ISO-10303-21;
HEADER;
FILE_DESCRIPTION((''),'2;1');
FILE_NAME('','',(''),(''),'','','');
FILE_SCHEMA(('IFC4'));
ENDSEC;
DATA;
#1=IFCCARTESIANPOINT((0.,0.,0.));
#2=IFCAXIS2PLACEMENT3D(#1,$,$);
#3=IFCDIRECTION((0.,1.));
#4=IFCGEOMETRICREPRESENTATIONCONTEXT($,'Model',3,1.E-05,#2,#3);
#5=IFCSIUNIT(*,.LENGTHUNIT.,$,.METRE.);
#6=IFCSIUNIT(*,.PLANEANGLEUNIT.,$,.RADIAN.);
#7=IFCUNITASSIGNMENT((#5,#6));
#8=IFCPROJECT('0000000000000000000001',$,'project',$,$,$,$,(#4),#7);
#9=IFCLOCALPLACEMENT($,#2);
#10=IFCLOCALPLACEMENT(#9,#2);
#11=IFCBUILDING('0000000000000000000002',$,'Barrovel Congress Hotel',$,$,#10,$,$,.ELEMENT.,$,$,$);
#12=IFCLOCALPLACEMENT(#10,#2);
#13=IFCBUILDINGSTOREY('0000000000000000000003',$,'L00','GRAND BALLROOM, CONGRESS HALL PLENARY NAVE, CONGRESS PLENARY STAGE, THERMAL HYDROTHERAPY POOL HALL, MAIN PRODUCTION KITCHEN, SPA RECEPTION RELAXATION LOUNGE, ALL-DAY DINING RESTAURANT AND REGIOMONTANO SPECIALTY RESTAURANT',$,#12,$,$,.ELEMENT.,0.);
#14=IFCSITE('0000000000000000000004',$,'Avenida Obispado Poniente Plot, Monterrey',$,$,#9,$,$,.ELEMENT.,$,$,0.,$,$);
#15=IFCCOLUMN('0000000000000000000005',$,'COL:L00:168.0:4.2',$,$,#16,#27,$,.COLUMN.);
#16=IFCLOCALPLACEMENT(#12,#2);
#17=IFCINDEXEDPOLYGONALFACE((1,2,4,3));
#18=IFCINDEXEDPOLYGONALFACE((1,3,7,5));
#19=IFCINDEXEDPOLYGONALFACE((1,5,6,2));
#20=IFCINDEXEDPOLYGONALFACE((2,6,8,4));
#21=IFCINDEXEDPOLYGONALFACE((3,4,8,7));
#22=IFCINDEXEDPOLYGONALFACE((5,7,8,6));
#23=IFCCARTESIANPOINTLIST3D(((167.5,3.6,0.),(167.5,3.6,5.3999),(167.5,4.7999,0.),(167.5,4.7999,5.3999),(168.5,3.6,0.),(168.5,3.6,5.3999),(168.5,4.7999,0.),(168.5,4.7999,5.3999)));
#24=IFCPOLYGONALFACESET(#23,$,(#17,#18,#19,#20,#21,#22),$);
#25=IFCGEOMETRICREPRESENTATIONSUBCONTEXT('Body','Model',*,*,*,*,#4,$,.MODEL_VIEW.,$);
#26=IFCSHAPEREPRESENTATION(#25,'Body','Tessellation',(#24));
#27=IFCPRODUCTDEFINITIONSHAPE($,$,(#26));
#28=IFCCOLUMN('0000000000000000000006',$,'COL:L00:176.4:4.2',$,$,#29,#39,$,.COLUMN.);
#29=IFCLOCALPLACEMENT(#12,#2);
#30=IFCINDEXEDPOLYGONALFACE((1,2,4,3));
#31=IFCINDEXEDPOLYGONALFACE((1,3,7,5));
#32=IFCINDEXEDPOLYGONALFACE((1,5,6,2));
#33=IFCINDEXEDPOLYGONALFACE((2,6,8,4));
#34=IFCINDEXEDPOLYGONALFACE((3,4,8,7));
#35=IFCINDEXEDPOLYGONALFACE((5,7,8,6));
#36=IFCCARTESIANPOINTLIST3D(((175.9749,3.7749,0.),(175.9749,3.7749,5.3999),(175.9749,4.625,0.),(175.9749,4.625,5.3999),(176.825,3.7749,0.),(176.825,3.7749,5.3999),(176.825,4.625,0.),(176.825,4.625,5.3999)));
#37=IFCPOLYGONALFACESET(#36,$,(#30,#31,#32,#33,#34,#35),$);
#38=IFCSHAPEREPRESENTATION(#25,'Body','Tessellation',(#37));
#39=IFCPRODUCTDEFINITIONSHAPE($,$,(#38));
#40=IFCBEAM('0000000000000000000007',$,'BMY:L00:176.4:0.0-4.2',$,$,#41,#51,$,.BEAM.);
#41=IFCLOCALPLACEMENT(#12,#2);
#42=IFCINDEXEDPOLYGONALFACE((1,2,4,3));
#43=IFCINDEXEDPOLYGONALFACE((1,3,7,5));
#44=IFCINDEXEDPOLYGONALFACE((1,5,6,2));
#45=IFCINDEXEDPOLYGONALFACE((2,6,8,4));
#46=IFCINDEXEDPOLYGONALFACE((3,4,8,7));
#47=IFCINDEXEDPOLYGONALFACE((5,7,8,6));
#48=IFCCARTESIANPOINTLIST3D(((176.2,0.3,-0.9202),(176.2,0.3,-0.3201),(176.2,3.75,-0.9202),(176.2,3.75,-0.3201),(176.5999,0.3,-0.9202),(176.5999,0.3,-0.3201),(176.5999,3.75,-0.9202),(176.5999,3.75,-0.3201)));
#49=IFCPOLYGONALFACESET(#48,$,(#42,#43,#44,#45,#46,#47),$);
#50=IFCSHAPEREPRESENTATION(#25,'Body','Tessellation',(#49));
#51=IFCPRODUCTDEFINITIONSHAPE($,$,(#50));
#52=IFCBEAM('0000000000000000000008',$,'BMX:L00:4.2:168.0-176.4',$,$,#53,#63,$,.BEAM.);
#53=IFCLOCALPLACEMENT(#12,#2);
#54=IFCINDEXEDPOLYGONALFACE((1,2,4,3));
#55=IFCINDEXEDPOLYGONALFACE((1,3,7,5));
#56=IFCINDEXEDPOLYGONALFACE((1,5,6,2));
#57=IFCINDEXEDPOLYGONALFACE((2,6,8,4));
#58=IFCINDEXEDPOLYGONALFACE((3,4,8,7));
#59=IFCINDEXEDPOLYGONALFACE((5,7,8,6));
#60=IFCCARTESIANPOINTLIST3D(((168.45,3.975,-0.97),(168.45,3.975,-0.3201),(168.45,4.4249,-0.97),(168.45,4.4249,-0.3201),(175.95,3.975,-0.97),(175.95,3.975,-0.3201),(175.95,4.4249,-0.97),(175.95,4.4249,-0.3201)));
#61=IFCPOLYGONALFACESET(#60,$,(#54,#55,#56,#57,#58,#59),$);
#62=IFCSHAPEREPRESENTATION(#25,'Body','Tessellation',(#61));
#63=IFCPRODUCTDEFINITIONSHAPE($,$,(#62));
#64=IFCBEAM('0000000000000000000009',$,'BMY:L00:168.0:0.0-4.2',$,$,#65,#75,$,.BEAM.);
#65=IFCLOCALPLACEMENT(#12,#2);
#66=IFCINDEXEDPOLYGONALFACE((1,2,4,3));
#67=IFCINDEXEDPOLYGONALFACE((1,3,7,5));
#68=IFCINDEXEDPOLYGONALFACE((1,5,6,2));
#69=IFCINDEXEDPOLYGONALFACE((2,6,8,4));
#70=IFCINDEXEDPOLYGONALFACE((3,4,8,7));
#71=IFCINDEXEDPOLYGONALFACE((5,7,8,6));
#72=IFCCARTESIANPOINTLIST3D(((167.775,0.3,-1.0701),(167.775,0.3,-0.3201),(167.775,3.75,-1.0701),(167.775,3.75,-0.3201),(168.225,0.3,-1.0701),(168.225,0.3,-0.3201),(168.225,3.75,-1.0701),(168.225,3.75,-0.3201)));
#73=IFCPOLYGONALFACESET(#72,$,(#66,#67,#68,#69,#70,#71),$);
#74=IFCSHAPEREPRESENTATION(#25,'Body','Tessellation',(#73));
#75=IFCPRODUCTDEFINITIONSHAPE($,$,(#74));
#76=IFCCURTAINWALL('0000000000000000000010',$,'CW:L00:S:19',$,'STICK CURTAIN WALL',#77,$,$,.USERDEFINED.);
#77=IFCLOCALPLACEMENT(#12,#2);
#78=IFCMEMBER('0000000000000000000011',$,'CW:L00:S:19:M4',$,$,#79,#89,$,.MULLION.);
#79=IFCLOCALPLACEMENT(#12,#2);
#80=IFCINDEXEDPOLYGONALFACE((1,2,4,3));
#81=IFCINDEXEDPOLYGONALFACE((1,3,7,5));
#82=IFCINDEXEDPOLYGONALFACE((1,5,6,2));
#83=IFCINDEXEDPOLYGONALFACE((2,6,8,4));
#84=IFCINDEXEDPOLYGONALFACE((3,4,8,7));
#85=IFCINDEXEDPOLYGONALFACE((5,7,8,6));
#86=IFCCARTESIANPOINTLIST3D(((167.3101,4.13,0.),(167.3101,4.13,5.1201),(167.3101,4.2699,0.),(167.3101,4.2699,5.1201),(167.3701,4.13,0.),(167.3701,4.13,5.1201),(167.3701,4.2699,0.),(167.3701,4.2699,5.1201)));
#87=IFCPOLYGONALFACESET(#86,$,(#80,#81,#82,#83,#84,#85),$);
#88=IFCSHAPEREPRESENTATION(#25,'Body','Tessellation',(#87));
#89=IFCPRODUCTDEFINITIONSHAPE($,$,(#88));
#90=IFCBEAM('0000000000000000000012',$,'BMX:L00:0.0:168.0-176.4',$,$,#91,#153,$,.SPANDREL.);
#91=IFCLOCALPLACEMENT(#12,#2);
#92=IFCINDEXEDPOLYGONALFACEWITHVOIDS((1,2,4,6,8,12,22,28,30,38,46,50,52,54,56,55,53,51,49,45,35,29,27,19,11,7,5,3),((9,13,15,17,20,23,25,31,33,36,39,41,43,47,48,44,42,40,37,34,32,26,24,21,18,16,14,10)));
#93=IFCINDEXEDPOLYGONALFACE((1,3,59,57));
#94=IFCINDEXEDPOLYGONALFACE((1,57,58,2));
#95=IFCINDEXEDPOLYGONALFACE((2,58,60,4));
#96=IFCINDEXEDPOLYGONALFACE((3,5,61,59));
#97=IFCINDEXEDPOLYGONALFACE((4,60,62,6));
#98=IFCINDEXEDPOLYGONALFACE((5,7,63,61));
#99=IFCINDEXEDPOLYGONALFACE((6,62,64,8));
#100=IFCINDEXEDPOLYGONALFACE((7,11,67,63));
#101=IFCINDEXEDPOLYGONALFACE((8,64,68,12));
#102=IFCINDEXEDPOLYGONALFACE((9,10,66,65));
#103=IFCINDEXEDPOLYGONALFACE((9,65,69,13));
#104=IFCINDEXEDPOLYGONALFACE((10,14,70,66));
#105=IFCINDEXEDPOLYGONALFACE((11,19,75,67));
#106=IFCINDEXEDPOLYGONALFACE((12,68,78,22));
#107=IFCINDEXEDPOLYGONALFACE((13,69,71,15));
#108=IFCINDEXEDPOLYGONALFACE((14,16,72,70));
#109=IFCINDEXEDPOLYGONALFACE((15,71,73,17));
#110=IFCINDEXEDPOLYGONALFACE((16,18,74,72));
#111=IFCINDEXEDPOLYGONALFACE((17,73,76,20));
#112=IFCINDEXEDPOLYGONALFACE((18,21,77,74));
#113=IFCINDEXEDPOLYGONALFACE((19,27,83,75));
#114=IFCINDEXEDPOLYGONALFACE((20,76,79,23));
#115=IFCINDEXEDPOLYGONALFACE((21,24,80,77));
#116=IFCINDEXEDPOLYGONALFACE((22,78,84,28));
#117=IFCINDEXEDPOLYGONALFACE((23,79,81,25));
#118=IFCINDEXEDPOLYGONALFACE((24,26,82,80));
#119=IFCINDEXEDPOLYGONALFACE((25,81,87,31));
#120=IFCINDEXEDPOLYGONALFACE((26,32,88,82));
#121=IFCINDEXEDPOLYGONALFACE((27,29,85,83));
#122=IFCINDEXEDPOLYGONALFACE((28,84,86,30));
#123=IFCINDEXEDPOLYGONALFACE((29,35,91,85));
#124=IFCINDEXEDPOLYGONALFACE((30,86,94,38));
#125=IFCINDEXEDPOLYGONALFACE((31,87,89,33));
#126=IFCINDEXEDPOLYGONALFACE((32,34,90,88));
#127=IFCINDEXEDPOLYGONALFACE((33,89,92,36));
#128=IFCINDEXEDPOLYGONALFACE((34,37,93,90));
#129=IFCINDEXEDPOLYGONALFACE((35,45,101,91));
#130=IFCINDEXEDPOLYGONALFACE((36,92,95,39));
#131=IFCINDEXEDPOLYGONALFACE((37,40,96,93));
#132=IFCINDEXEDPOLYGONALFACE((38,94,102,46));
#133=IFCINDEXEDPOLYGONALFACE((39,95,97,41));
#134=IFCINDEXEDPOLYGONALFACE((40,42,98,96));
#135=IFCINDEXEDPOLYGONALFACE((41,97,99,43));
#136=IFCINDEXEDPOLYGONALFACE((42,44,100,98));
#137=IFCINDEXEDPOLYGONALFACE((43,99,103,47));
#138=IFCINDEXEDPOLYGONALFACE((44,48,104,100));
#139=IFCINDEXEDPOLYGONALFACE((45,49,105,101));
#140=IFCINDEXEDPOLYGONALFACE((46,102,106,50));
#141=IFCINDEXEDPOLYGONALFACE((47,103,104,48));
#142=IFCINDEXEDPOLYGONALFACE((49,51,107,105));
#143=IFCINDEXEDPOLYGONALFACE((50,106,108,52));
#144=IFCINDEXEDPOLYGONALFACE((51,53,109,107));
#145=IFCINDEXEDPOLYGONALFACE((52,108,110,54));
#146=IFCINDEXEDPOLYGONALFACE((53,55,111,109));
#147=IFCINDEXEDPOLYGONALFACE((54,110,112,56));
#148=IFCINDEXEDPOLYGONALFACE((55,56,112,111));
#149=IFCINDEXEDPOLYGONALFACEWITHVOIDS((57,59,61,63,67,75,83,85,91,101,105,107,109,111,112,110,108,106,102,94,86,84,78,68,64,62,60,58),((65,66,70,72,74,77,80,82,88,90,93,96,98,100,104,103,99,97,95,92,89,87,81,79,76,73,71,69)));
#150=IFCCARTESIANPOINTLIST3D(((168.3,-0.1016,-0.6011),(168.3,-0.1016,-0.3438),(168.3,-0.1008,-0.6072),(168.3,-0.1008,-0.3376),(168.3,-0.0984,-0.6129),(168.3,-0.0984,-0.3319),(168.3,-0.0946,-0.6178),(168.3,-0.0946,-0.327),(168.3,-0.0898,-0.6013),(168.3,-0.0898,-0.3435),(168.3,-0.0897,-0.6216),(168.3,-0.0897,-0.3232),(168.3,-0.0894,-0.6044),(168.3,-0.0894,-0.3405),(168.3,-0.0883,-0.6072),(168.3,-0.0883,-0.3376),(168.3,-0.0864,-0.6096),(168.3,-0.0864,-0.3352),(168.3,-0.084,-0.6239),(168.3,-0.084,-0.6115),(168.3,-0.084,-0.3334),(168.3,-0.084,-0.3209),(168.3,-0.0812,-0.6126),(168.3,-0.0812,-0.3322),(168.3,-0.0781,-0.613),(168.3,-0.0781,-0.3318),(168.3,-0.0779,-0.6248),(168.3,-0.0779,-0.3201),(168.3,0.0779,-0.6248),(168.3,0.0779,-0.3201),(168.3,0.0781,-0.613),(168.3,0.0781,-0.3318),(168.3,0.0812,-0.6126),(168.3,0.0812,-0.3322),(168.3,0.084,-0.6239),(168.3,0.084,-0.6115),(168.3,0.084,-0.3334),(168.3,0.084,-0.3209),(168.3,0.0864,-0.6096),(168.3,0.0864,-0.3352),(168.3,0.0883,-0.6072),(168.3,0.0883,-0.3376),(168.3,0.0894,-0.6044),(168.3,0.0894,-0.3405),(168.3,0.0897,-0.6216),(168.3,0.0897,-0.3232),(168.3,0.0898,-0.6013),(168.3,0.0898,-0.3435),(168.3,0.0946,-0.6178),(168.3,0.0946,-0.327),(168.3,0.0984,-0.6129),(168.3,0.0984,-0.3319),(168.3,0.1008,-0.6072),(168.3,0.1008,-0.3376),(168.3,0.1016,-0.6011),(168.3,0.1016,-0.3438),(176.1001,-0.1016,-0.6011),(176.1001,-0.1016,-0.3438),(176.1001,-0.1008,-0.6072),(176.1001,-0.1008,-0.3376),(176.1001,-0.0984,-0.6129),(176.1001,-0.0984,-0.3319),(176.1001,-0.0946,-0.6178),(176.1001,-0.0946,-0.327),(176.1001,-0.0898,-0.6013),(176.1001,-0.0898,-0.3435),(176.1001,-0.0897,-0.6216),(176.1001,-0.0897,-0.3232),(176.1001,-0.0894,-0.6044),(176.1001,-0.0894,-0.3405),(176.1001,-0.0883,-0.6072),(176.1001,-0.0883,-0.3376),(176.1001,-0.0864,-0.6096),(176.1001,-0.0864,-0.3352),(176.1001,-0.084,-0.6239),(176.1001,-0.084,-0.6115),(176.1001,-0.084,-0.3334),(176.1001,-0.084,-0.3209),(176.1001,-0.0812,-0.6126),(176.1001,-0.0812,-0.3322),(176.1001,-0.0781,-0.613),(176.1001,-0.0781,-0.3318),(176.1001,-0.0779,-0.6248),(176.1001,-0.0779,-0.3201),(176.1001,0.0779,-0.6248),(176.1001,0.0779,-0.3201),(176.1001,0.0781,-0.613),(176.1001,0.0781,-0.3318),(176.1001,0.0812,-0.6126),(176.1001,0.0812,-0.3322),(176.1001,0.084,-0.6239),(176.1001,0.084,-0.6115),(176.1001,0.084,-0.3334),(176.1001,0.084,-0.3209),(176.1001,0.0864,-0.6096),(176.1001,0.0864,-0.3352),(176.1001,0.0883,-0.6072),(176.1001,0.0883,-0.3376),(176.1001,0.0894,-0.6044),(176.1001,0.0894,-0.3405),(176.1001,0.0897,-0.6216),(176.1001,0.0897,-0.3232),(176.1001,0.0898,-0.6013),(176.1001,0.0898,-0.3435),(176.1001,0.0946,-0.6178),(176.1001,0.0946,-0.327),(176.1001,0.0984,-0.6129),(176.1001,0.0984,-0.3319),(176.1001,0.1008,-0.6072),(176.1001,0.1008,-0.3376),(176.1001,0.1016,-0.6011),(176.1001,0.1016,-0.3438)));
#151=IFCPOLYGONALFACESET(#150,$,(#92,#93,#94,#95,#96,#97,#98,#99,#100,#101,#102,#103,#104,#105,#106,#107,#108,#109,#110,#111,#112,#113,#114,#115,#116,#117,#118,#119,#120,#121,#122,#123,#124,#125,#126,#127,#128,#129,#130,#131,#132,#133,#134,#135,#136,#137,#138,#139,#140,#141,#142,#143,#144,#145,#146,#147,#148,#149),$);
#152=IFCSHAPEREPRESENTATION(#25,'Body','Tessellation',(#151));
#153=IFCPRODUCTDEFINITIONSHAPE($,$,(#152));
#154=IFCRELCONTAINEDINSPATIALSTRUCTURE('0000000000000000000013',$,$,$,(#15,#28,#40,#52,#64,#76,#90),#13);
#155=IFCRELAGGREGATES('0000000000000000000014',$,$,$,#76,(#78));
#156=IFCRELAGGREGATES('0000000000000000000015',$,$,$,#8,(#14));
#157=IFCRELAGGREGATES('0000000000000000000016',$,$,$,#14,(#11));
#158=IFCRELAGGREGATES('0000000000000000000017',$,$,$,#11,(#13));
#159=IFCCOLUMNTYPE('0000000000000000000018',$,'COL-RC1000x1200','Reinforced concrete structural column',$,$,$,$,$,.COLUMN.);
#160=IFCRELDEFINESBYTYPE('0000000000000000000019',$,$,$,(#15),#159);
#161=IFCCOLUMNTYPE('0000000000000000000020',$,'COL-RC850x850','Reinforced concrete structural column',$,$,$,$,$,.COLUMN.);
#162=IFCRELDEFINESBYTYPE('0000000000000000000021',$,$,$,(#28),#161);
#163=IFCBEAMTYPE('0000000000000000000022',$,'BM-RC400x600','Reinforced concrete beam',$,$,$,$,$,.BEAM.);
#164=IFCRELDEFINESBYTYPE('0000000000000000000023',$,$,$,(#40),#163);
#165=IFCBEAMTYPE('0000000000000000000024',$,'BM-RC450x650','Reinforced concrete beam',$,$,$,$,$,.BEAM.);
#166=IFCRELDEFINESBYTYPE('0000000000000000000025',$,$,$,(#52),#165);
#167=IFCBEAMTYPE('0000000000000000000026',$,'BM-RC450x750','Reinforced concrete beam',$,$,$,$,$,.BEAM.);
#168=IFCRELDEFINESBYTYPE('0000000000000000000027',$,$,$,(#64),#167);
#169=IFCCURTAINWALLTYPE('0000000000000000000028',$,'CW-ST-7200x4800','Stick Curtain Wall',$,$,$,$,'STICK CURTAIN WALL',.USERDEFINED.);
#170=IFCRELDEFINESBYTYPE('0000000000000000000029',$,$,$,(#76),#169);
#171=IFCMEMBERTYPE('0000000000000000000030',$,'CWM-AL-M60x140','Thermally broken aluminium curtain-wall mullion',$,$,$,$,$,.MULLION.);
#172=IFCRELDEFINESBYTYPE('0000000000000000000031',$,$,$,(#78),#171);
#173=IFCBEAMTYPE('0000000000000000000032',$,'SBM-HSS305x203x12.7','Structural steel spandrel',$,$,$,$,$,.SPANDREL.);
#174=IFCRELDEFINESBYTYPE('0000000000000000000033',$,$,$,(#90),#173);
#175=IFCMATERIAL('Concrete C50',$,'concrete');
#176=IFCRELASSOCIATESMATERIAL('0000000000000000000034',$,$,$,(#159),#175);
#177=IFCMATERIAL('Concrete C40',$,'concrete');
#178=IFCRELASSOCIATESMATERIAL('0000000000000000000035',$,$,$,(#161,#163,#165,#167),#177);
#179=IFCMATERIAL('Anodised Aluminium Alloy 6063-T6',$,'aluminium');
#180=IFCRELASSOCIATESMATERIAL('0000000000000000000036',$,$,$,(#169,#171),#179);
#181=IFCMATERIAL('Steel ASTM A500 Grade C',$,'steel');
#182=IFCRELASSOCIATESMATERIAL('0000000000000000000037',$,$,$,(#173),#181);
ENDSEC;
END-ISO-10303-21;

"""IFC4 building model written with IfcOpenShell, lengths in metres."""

from ifc_helpers import new_model, si_unit, direction, frame, origin, origin_2d, place, context, subcontext, project, spatial, rectangle, hollow_rectangle, extrude, material, material_profile, profile_set, type_object, element, aggregate, save


model = new_model("IFC4")

# Units and contexts
model_context = context("Model", 3, precision=1e-05, world=origin(), true_north=direction((0.0, 1.0)))
body_context = subcontext(model_context, "Body", "Model", "MODEL_VIEW")
ifc_project = project(units=[si_unit("LENGTHUNIT", "METRE"), si_unit("PLANEANGLEUNIT", "RADIAN")], contexts=[model_context])

# Site, building, storey
site_placement = place(None, origin())
site = spatial("IfcSite", under=ifc_project, at=site_placement, Name="Avenida Obispado Poniente Plot, Monterrey", CompositionType="ELEMENT", RefElevation=0.0)
building_placement = place(site_placement, origin())
building = spatial("IfcBuilding", under=site, at=building_placement, Name="Barrovel Congress Hotel", CompositionType="ELEMENT")
storey_placement = place(building_placement, origin())
storey = spatial("IfcBuildingStorey", under=building, at=storey_placement, Name="L00", Description="GRAND BALLROOM, CONGRESS HALL PLENARY NAVE, CONGRESS PLENARY STAGE, THERMAL HYDROTHERAPY POOL HALL, MAIN PRODUCTION KITCHEN, SPA RECEPTION RELAXATION LOUNGE, ALL-DAY DINING RESTAURANT AND REGIOMONTANO SPECIALTY RESTAURANT", CompositionType="ELEMENT", Elevation=0.0)

# Shared definitions
ifc_material_1 = material(Name="Concrete C40", Category="concrete")

# Columns
ifc_material_2 = material(Name="Concrete C50", Category="concrete")
ifc_material_profile_1 = material_profile(ifc_material_2, rectangle(XDim=1.0, YDim=1.2, at=origin_2d()), Name="RC1000x1200")
ifc_profile_set_1 = profile_set([ifc_material_profile_1], Name="Concrete C50")
column_type_1 = type_object("IfcColumnType", Name="COL-RC1000x1200", Description="Reinforced concrete structural column", PredefinedType="COLUMN", material=ifc_profile_set_1)
column_1_placement = place(storey_placement, frame((168.0, 4.2, 0.0), z_axis=(0.0, 0.0, 1.0), x_axis=(1.0, 0.0, 0.0)))
element("IfcColumn", 1, at=column_1_placement, inside=storey, type_object=column_type_1, Name="COL:L00:168.0:4.2", PredefinedType="COLUMN", context=body_context, shape_type="SweptSolid", body=[
    extrude(rectangle(XDim=1.0, YDim=1.2, at=origin_2d()), origin(), (0.0, 0.0, 1.0), 5.3999),
])
ifc_material_profile_2 = material_profile(ifc_material_1, rectangle(XDim=0.8501, YDim=0.8501, at=origin_2d()), Name="RC850x850")
ifc_profile_set_2 = profile_set([ifc_material_profile_2], Name="Concrete C40")
column_type_2 = type_object("IfcColumnType", Name="COL-RC850x850", Description="Reinforced concrete structural column", PredefinedType="COLUMN", material=ifc_profile_set_2)
column_2_placement = place(storey_placement, frame((176.3999, 4.2, 0.0), z_axis=(0.0, 0.0, 1.0), x_axis=(1.0, 0.0, 0.0)))
element("IfcColumn", 2, at=column_2_placement, inside=storey, type_object=column_type_2, Name="COL:L00:176.4:4.2", PredefinedType="COLUMN", context=body_context, shape_type="SweptSolid", body=[
    extrude(rectangle(XDim=0.8501, YDim=0.8501, at=origin_2d()), origin(), (0.0, 0.0, 1.0), 5.3999),
])

# Beams
ifc_material_profile_3 = material_profile(ifc_material_1, rectangle(XDim=0.3999, YDim=0.6001, at=origin_2d()), Name="RC400x600")
ifc_profile_set_3 = profile_set([ifc_material_profile_3], Name="Concrete C40")
beam_type_1 = type_object("IfcBeamType", Name="BM-RC400x600", Description="Reinforced concrete beam", PredefinedType="BEAM", material=ifc_profile_set_3)
beam_1_placement = place(storey_placement, frame((176.3999, 0.3, -0.6201), z_axis=(0.0, 1.0, 0.0), x_axis=(-1.0, 0.0, 0.0)))
element("IfcBeam", 3, at=beam_1_placement, inside=storey, type_object=beam_type_1, Name="BMY:L00:176.4:0.0-4.2", PredefinedType="BEAM", context=body_context, shape_type="SweptSolid", body=[
    extrude(rectangle(XDim=0.3999, YDim=0.6001, at=origin_2d()), origin(), (0.0, 0.0, 1.0), 3.45),
])
ifc_material_profile_4 = material_profile(ifc_material_1, rectangle(XDim=0.45, YDim=0.6499, at=origin_2d()), Name="RC450x650")
ifc_profile_set_4 = profile_set([ifc_material_profile_4], Name="Concrete C40")
beam_type_2 = type_object("IfcBeamType", Name="BM-RC450x650", Description="Reinforced concrete beam", PredefinedType="BEAM", material=ifc_profile_set_4)
beam_2_placement = place(storey_placement, frame((168.45, 4.2, -0.645), z_axis=(1.0, 0.0, 0.0), x_axis=(0.0, 1.0, 0.0)))
element("IfcBeam", 4, at=beam_2_placement, inside=storey, type_object=beam_type_2, Name="BMX:L00:4.2:168.0-176.4", PredefinedType="BEAM", context=body_context, shape_type="SweptSolid", body=[
    extrude(rectangle(XDim=0.45, YDim=0.6499, at=origin_2d()), origin(), (0.0, 0.0, 1.0), 7.5),
])
ifc_material_profile_5 = material_profile(ifc_material_1, rectangle(XDim=0.45, YDim=0.75, at=origin_2d()), Name="RC450x750")
ifc_profile_set_5 = profile_set([ifc_material_profile_5], Name="Concrete C40")
beam_type_3 = type_object("IfcBeamType", Name="BM-RC450x750", Description="Reinforced concrete beam", PredefinedType="BEAM", material=ifc_profile_set_5)
beam_3_placement = place(storey_placement, frame((168.0, 0.3, -0.6951), z_axis=(0.0, 1.0, 0.0), x_axis=(-1.0, 0.0, 0.0)))
element("IfcBeam", 5, at=beam_3_placement, inside=storey, type_object=beam_type_3, Name="BMY:L00:168.0:0.0-4.2", PredefinedType="BEAM", context=body_context, shape_type="SweptSolid", body=[
    extrude(rectangle(XDim=0.45, YDim=0.75, at=origin_2d()), origin(), (0.0, 0.0, 1.0), 3.45),
])

# Curtain wall, member
ifc_material_3 = material(Name="Anodised Aluminium Alloy 6063-T6", Category="aluminium")
curtain_wall_type = type_object("IfcCurtainWallType", Name="CW-ST-7200x4800", Description="Stick Curtain Wall", ElementType="STICK CURTAIN WALL", PredefinedType="USERDEFINED", material=ifc_material_3)
curtain_wall_placement = place(storey_placement, origin())
curtain_wall = element("IfcCurtainWall", 6, at=curtain_wall_placement, inside=storey, type_object=curtain_wall_type, Name="CW:L00:S:19", ObjectType="STICK CURTAIN WALL", PredefinedType="USERDEFINED")
ifc_material_profile_6 = material_profile(ifc_material_3, rectangle(XDim=0.0601, YDim=0.1399, at=origin_2d()), Name="AL-M60x140")
ifc_profile_set_6 = profile_set([ifc_material_profile_6], Name="Anodised Aluminium Alloy 6063-T6")
member_type = type_object("IfcMemberType", Name="CWM-AL-M60x140", Description="Thermally broken aluminium curtain-wall mullion", PredefinedType="MULLION", material=ifc_profile_set_6)
member_placement = place(storey_placement, frame((167.3401, 4.2, 0.0), z_axis=(0.0, 0.0, 1.0), x_axis=(1.0, 0.0, 0.0)))
member = element("IfcMember", 7, at=member_placement, type_object=member_type, Name="CW:L00:S:19:M4", PredefinedType="MULLION", context=body_context, shape_type="SweptSolid", body=[
    extrude(rectangle(XDim=0.0601, YDim=0.1399, at=origin_2d()), origin(), (0.0, 0.0, 1.0), 5.1201),
])

# Beam
ifc_material_4 = material(Name="Steel ASTM A500 Grade C", Category="steel")
ifc_material_profile_7 = material_profile(ifc_material_4, hollow_rectangle(XDim=0.2031, YDim=0.3047, WallThickness=0.0117, InnerFilletRadius=0.0117, OuterFilletRadius=0.0237, at=origin_2d()), Name="HSS305x203x12.7")
ifc_profile_set_7 = profile_set([ifc_material_profile_7], Name="Steel ASTM A500 Grade C")
beam_type_4 = type_object("IfcBeamType", Name="SBM-HSS305x203x12.7", Description="Structural steel spandrel", PredefinedType="SPANDREL", material=ifc_profile_set_7)
beam_4_placement = place(storey_placement, frame((168.3, 0.0, -0.4724), z_axis=(1.0, 0.0, 0.0), x_axis=(0.0, 1.0, 0.0)))
element("IfcBeam", 8, at=beam_4_placement, inside=storey, type_object=beam_type_4, Name="BMX:L00:0.0:168.0-176.4", PredefinedType="SPANDREL", context=body_context, shape_type="SweptSolid", body=[
    extrude(hollow_rectangle(XDim=0.2031, YDim=0.3047, WallThickness=0.0117, InnerFilletRadius=0.0117, OuterFilletRadius=0.0237, at=origin_2d()), origin(), (0.0, 0.0, 1.0), 7.8),
])

aggregate(curtain_wall, [member])

save(model, "model.ifc")
